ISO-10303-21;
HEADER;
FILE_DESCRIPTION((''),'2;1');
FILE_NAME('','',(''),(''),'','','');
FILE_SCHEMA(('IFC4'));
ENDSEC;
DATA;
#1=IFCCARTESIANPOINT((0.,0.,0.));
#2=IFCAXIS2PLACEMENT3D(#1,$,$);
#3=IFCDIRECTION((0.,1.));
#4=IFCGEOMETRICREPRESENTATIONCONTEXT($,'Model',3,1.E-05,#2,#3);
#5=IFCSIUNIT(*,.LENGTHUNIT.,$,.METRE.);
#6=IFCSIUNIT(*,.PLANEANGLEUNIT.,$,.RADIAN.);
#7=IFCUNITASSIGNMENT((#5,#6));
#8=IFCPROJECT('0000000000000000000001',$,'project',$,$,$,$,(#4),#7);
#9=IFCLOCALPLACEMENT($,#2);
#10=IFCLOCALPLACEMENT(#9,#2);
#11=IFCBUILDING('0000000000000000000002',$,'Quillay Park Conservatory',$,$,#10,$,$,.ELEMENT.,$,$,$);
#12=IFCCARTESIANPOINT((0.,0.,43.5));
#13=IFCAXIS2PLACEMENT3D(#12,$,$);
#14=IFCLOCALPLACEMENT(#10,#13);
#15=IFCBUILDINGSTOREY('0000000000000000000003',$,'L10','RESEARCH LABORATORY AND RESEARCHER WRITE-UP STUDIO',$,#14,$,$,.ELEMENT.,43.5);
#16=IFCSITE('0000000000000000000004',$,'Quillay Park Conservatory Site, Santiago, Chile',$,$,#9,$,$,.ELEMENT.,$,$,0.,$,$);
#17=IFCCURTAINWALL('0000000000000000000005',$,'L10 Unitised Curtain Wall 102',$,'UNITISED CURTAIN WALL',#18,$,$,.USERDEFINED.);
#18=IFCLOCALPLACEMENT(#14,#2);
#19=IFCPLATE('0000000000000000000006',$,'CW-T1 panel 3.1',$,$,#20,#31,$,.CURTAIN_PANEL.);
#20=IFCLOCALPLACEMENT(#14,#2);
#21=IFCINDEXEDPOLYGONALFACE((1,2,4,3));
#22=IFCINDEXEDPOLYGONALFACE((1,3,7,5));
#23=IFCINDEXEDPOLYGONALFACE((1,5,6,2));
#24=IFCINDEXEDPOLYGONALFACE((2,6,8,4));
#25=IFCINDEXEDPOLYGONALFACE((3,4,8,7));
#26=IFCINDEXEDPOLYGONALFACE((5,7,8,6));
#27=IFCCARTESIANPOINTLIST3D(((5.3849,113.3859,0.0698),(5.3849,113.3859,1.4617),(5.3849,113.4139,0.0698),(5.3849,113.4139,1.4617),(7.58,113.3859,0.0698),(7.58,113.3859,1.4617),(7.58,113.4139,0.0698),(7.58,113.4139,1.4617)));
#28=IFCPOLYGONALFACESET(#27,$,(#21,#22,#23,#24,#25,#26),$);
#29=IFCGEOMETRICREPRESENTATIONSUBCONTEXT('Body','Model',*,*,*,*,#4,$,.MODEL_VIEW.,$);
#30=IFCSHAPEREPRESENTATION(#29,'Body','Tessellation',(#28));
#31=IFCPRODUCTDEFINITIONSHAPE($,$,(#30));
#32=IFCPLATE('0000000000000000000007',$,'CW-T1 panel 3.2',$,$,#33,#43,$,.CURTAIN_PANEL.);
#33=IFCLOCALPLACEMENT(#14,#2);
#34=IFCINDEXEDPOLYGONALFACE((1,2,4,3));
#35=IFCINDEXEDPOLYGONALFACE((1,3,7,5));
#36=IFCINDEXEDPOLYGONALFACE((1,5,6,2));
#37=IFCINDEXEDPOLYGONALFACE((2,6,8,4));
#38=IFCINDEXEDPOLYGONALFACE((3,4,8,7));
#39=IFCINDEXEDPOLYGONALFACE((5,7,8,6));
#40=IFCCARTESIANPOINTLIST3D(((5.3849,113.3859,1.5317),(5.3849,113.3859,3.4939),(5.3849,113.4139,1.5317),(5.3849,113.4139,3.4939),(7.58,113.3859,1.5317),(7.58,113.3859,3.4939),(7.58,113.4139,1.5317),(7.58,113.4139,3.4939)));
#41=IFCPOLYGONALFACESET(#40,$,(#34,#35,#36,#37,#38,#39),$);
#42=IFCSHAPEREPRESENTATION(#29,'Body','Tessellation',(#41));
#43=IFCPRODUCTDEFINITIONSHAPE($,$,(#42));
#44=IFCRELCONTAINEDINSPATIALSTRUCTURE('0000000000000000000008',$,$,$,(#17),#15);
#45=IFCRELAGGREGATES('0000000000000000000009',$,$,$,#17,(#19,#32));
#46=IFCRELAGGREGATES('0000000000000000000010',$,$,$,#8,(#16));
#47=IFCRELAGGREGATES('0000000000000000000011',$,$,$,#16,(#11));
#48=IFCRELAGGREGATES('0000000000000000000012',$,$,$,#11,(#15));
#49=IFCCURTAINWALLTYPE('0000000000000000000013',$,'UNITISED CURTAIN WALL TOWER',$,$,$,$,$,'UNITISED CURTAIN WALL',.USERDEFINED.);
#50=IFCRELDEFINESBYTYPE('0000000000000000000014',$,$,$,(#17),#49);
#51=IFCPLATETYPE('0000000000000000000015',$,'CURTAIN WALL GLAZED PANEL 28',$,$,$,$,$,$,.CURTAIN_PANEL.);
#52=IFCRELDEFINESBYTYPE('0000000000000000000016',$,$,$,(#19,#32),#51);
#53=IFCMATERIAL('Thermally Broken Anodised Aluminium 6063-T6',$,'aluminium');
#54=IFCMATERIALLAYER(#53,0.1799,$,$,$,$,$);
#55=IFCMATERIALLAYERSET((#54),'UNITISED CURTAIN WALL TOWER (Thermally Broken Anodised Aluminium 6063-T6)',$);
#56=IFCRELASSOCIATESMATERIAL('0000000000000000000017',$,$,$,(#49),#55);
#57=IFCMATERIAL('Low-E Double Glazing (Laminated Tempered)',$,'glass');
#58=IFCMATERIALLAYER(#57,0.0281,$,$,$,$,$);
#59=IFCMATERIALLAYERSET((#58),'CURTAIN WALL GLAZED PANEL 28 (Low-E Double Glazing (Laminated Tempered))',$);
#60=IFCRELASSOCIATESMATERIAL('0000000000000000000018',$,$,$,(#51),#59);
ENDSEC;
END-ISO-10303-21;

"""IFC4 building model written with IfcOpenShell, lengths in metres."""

from ifc_helpers import new_model, si_unit, direction, frame, origin, origin_2d, place, context, subcontext, project, spatial, rectangle, extrude, material, layer, layer_set, type_object, element, aggregate, save


model = new_model("IFC4")

# Units and contexts
model_context = context("Model", 3, precision=1e-05, world=origin(), true_north=direction((0.0, 1.0)))
body_context = subcontext(model_context, "Body", "Model", "MODEL_VIEW")
ifc_project = project(units=[si_unit("LENGTHUNIT", "METRE"), si_unit("PLANEANGLEUNIT", "RADIAN")], contexts=[model_context])

# Site, building, storey
site_placement = place(None, origin())
site = spatial("IfcSite", under=ifc_project, at=site_placement, Name="Quillay Park Conservatory Site, Santiago, Chile", CompositionType="ELEMENT", RefElevation=0.0)
building_placement = place(site_placement, origin())
building = spatial("IfcBuilding", under=site, at=building_placement, Name="Quillay Park Conservatory", CompositionType="ELEMENT")
storey_placement = place(building_placement, frame((0.0, 0.0, 43.5)))
storey = spatial("IfcBuildingStorey", under=building, at=storey_placement, Name="L10", Description="RESEARCH LABORATORY AND RESEARCHER WRITE-UP STUDIO", CompositionType="ELEMENT", Elevation=43.5)

# Curtain wall
ifc_material_1 = material(Name="Thermally Broken Anodised Aluminium 6063-T6", Category="aluminium")
ifc_layer_1 = layer(ifc_material_1, 0.1799)
ifc_layer_set_1 = layer_set([ifc_layer_1], Name="UNITISED CURTAIN WALL TOWER (Thermally Broken Anodised Aluminium 6063-T6)")
curtain_wall_type = type_object("IfcCurtainWallType", Name="UNITISED CURTAIN WALL TOWER", ElementType="UNITISED CURTAIN WALL", PredefinedType="USERDEFINED", material=ifc_layer_set_1)
curtain_wall_placement = place(storey_placement, origin())
curtain_wall = element("IfcCurtainWall", 1, at=curtain_wall_placement, inside=storey, type_object=curtain_wall_type, Name="L10 Unitised Curtain Wall 102", ObjectType="UNITISED CURTAIN WALL", PredefinedType="USERDEFINED")

# Plates
ifc_material_2 = material(Name="Low-E Double Glazing (Laminated Tempered)", Category="glass")
ifc_layer_2 = layer(ifc_material_2, 0.0281)
ifc_layer_set_2 = layer_set([ifc_layer_2], Name="CURTAIN WALL GLAZED PANEL 28 (Low-E Double Glazing (Laminated Tempered))")
plate_type = type_object("IfcPlateType", Name="CURTAIN WALL GLAZED PANEL 28", PredefinedType="CURTAIN_PANEL", material=ifc_layer_set_2)
plate_1_placement = place(storey_placement, frame((6.4824, 113.3999, 0.0698), z_axis=(0.0, 0.0, 1.0), x_axis=(1.0, 0.0, 0.0)))
plate_1 = element("IfcPlate", 2, at=plate_1_placement, type_object=plate_type, Name="CW-T1 panel 3.1", PredefinedType="CURTAIN_PANEL", context=body_context, shape_type="SweptSolid", body=[
    extrude(rectangle(XDim=2.1951, YDim=0.0281, at=origin_2d()), origin(), (0.0, 0.0, 1.0), 1.3918),
])
plate_2_placement = place(storey_placement, frame((6.4824, 113.3999, 1.5317), z_axis=(0.0, 0.0, 1.0), x_axis=(1.0, 0.0, 0.0)))
plate_2 = element("IfcPlate", 3, at=plate_2_placement, type_object=plate_type, Name="CW-T1 panel 3.2", PredefinedType="CURTAIN_PANEL", context=body_context, shape_type="SweptSolid", body=[
    extrude(rectangle(XDim=2.1951, YDim=0.0281, at=origin_2d()), origin(), (0.0, 0.0, 1.0), 1.9622),
])
aggregate(curtain_wall, [plate_1, plate_2])

save(model, "model.ifc")
